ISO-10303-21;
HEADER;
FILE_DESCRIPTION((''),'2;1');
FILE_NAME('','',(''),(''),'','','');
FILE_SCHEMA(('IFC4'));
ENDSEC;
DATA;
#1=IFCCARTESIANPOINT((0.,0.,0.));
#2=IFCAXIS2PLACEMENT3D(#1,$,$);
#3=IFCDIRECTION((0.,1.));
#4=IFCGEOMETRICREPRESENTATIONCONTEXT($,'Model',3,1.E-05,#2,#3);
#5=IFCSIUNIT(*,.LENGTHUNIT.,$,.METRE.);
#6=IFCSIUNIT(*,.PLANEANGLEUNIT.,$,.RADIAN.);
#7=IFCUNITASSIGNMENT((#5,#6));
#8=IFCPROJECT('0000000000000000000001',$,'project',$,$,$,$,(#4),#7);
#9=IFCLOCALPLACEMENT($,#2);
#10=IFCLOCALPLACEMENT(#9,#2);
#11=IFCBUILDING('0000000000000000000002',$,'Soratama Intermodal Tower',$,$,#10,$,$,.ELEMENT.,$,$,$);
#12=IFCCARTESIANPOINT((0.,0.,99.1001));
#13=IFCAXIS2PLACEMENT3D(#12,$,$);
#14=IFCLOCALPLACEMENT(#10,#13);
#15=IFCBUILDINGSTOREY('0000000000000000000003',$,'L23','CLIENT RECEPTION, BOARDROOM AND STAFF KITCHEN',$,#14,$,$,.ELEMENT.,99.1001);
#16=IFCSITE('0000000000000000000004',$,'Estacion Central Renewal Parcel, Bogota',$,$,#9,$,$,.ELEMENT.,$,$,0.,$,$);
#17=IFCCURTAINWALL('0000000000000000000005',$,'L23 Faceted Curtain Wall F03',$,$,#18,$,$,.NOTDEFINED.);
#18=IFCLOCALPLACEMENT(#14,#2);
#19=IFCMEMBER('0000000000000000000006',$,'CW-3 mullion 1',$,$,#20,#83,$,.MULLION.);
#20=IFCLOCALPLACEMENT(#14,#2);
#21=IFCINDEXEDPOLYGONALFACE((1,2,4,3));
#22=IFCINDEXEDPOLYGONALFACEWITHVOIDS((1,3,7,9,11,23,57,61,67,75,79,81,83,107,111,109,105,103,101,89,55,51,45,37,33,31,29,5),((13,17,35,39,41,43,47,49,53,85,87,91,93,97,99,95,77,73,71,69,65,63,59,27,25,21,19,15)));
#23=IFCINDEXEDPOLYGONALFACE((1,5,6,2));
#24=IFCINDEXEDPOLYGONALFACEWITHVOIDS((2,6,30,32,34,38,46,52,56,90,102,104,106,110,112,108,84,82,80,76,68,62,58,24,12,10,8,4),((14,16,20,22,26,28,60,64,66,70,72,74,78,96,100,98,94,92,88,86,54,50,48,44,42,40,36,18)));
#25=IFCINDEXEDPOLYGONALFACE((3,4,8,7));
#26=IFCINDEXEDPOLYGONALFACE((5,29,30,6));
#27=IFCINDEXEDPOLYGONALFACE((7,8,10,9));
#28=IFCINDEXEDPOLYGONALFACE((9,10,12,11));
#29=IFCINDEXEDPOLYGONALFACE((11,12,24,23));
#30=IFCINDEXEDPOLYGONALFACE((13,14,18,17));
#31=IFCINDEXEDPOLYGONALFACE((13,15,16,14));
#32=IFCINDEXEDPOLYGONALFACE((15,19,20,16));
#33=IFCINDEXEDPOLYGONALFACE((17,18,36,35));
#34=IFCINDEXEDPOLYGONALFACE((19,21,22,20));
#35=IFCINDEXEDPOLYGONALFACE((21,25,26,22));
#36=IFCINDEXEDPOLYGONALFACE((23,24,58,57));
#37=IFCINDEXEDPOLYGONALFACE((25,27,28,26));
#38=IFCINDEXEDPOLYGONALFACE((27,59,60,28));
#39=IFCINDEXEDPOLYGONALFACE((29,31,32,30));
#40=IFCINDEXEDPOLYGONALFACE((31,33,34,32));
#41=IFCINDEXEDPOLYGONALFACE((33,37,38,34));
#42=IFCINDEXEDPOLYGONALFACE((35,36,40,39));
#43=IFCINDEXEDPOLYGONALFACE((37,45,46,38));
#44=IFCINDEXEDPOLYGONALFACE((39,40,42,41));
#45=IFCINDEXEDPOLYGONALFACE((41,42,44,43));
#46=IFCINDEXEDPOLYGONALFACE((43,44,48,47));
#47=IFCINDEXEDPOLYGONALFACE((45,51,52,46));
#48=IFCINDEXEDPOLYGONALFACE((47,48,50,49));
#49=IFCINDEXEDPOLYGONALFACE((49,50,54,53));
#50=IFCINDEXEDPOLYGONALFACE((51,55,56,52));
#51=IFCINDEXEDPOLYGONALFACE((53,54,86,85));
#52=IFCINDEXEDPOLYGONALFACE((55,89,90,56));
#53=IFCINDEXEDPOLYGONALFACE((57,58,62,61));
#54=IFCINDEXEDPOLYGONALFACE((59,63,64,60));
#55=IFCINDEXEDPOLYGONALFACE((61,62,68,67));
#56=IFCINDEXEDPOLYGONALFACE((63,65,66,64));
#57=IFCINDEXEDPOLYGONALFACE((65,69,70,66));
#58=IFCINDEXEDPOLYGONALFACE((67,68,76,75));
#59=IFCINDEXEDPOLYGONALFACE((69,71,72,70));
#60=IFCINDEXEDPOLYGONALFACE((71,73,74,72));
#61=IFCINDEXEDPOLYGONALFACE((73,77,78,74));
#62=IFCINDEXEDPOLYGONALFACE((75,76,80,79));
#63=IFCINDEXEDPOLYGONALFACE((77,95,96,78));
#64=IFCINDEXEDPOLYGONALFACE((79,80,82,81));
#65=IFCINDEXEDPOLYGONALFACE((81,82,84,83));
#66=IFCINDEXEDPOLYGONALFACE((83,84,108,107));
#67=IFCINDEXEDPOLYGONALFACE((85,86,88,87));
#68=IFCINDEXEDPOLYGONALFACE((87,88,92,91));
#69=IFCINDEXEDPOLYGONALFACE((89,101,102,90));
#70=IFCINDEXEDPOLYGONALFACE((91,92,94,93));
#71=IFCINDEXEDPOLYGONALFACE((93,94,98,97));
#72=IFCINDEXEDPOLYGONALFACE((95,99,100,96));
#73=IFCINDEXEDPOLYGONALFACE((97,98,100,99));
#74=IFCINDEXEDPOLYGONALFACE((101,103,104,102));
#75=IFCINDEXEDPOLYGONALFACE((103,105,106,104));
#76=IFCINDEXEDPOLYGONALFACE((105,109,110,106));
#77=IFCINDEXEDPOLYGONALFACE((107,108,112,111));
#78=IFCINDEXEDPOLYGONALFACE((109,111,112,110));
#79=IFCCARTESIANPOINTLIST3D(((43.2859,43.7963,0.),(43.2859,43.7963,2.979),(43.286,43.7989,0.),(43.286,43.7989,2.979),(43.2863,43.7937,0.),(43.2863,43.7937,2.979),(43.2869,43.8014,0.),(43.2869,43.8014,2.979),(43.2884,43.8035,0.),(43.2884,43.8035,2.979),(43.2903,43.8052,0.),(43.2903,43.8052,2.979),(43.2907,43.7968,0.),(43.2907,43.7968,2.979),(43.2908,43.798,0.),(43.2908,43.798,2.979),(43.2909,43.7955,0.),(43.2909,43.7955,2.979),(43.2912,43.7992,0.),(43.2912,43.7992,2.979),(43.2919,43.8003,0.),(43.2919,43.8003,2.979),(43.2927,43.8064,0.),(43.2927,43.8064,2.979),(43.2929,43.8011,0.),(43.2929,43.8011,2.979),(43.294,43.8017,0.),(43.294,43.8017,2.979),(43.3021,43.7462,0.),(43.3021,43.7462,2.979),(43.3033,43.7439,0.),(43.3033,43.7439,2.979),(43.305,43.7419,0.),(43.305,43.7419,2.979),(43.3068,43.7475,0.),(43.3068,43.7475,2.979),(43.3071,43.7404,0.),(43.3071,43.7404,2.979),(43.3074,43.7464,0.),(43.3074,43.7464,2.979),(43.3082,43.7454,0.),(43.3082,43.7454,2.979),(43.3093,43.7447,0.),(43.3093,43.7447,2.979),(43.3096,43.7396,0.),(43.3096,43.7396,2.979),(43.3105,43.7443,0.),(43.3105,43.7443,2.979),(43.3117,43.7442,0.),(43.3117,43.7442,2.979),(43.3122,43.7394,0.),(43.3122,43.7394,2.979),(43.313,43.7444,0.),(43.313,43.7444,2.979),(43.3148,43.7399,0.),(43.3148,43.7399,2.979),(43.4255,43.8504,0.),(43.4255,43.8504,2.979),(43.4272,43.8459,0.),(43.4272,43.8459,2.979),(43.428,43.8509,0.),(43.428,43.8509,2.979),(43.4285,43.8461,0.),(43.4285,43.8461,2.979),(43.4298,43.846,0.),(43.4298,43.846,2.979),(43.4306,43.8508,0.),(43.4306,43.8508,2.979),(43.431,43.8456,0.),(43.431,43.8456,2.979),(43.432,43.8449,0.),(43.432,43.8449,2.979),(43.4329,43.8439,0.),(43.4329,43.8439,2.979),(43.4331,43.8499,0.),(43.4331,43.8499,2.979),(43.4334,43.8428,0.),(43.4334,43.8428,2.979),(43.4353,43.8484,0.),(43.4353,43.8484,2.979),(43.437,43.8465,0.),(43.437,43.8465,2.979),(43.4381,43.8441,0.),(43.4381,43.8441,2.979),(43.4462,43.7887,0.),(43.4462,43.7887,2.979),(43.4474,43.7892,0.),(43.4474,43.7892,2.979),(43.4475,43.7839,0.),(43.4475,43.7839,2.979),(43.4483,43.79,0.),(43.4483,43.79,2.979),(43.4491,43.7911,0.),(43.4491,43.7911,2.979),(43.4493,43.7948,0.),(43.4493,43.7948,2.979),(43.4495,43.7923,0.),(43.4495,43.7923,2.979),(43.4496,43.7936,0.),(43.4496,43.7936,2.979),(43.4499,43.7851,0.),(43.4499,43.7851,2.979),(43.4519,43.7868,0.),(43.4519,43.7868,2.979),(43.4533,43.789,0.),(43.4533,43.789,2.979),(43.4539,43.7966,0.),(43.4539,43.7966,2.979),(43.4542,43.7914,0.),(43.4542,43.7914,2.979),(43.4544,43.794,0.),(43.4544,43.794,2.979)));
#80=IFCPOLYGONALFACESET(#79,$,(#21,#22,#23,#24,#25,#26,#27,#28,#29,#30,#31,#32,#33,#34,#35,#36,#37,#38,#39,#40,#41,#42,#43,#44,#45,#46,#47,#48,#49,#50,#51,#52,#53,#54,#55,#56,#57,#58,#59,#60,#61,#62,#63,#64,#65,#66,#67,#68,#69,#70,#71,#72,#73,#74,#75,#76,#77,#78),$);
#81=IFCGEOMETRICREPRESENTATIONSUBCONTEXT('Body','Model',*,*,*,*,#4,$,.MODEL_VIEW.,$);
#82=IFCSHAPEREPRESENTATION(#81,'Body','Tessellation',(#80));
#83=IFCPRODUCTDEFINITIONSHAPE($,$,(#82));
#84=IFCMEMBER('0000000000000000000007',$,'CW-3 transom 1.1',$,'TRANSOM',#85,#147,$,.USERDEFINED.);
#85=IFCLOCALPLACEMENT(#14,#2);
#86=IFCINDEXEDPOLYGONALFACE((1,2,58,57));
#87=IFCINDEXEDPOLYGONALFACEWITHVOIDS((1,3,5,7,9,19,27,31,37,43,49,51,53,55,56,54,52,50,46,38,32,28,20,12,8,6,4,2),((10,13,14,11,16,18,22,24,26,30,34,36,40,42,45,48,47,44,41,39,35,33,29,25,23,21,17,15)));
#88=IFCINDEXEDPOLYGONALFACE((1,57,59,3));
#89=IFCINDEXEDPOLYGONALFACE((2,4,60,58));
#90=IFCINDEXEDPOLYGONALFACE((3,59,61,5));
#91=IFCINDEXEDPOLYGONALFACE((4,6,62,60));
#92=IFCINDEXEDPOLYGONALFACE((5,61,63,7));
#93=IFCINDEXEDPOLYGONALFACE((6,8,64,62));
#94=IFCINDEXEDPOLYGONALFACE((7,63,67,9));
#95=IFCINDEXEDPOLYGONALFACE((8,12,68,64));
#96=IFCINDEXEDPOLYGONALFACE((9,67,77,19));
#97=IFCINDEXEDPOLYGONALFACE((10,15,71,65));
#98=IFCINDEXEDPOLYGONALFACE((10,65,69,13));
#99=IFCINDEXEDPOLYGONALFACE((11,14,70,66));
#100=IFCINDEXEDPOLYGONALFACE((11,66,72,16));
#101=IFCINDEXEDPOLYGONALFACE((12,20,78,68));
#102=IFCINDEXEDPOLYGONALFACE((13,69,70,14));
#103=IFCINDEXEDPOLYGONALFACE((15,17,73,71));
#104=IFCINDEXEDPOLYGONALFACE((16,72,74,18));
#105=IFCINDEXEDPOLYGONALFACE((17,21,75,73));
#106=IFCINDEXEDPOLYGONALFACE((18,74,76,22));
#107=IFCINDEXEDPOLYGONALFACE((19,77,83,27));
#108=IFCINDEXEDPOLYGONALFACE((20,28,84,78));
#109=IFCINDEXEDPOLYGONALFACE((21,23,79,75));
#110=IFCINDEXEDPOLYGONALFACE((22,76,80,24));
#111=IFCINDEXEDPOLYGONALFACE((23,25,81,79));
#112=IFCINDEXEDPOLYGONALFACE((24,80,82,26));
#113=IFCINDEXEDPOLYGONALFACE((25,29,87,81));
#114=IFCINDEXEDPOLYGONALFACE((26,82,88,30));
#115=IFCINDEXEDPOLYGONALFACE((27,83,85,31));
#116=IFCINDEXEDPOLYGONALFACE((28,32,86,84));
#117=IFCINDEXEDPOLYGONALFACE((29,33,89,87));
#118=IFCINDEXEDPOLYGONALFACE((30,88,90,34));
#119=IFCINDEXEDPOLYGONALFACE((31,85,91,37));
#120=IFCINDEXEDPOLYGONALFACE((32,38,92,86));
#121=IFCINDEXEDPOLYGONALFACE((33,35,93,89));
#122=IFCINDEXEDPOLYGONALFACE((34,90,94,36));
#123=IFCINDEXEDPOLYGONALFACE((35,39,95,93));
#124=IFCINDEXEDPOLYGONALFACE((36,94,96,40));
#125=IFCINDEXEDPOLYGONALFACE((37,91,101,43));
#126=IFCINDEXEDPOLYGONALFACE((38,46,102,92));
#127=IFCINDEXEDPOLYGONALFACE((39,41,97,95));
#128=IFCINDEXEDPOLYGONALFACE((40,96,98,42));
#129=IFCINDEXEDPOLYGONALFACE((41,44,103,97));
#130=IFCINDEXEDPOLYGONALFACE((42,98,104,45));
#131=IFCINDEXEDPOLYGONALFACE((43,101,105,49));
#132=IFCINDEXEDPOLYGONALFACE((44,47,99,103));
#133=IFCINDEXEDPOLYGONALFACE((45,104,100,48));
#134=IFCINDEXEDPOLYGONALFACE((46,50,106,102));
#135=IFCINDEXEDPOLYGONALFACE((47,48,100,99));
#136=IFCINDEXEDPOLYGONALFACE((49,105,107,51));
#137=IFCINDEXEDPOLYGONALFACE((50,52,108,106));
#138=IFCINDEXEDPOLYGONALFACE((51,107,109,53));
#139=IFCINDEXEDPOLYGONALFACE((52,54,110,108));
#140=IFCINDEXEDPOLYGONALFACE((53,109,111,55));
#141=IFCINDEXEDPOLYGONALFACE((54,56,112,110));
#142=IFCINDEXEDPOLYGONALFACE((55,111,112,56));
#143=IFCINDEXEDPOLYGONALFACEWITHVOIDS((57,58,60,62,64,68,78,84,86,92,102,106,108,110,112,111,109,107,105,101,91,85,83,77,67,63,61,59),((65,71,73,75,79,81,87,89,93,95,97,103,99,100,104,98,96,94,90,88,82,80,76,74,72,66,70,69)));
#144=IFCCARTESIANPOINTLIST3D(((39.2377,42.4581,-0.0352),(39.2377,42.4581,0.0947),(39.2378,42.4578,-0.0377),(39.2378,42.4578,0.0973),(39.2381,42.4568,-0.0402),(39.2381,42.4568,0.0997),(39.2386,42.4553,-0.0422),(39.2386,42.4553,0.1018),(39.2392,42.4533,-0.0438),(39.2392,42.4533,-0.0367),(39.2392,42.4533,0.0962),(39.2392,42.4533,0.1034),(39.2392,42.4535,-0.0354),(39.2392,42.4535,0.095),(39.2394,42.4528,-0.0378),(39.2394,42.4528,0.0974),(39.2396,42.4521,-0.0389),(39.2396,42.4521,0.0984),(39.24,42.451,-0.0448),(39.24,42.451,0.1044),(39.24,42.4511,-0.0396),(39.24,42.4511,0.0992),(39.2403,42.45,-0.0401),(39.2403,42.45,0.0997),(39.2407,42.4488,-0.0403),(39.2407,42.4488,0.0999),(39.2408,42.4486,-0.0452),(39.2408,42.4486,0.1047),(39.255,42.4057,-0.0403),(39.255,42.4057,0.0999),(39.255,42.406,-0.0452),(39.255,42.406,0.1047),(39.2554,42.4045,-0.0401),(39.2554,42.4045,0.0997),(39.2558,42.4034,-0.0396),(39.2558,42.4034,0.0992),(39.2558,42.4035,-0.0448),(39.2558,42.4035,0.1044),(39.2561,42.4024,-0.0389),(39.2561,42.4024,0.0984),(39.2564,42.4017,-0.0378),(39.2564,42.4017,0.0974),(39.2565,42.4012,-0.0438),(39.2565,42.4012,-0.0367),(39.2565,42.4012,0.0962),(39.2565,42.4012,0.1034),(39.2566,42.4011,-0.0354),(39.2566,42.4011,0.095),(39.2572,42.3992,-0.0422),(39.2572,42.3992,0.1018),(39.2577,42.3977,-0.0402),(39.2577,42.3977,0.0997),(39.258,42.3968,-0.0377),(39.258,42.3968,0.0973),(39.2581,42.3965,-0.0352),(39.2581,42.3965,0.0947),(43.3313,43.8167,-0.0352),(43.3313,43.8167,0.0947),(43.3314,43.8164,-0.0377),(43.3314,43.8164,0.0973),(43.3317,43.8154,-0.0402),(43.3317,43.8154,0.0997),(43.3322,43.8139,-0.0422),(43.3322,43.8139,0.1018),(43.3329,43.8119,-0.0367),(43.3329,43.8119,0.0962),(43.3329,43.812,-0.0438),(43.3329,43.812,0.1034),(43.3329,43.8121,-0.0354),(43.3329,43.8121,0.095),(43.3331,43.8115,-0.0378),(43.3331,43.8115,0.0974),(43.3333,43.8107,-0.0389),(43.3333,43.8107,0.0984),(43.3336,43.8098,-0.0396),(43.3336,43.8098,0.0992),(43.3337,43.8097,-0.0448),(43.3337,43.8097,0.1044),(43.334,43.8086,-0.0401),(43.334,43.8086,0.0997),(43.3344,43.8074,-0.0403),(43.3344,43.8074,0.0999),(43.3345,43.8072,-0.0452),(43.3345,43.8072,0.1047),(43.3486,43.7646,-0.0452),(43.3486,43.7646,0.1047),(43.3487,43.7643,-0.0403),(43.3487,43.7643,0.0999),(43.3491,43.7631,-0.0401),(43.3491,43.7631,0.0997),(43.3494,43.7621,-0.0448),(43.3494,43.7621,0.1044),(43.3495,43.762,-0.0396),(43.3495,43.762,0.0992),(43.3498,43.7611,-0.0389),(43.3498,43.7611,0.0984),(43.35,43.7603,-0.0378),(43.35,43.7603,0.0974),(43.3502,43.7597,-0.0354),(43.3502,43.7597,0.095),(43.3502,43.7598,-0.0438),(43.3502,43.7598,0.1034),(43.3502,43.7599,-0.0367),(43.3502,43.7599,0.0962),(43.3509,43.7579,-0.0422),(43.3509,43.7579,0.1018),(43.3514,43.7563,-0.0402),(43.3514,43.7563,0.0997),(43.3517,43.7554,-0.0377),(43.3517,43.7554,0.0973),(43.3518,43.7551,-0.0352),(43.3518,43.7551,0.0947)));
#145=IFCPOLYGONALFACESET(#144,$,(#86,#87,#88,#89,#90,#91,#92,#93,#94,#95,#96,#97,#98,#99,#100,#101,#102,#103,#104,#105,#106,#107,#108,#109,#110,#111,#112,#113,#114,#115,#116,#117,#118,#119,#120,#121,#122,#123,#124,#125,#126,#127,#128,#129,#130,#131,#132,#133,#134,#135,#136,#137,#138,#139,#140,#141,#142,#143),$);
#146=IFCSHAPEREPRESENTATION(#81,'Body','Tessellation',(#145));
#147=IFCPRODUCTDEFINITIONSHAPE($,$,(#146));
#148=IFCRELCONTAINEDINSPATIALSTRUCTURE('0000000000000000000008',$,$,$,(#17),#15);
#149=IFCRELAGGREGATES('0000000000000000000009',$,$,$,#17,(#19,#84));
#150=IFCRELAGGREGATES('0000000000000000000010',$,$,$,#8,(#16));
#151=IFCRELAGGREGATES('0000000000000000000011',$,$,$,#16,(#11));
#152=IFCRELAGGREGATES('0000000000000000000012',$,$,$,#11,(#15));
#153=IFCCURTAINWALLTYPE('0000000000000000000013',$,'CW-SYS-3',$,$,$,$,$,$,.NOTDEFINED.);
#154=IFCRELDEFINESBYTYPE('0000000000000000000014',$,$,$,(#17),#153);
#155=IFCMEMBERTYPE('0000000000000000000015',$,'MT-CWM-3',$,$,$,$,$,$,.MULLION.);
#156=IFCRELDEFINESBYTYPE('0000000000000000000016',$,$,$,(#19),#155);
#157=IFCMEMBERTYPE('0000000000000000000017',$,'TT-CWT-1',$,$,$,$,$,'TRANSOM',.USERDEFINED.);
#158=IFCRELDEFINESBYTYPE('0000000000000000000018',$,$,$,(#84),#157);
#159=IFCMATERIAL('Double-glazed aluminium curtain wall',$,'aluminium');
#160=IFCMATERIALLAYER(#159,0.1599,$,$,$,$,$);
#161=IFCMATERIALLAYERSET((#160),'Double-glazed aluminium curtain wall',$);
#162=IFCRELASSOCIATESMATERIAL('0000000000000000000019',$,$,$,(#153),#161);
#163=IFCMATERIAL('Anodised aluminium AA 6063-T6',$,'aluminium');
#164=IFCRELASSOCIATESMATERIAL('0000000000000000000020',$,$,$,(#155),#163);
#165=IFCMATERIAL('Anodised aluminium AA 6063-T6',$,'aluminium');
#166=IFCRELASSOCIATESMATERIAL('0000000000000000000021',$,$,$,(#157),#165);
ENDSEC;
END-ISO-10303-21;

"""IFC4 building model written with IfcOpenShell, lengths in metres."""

from ifc_helpers import new_model, si_unit, direction, frame, origin, origin_2d, place, context, subcontext, project, spatial, hollow_rectangle, extrude, material, layer, layer_set, material_profile, profile_set, type_object, element, aggregate, save


model = new_model("IFC4")

# Units and contexts
model_context = context("Model", 3, precision=1e-05, world=origin(), true_north=direction((0.0, 1.0)))
body_context = subcontext(model_context, "Body", "Model", "MODEL_VIEW")
ifc_project = project(units=[si_unit("LENGTHUNIT", "METRE"), si_unit("PLANEANGLEUNIT", "RADIAN")], contexts=[model_context])

# Site, building, storey
site_placement = place(None, origin())
site = spatial("IfcSite", under=ifc_project, at=site_placement, Name="Estacion Central Renewal Parcel, Bogota", CompositionType="ELEMENT", RefElevation=0.0)
building_placement = place(site_placement, origin())
building = spatial("IfcBuilding", under=site, at=building_placement, Name="Soratama Intermodal Tower", CompositionType="ELEMENT")
storey_placement = place(building_placement, frame((0.0, 0.0, 99.1001)))
storey = spatial("IfcBuildingStorey", under=building, at=storey_placement, Name="L23", Description="CLIENT RECEPTION, BOARDROOM AND STAFF KITCHEN", CompositionType="ELEMENT", Elevation=99.1001)

# Curtain wall, members
ifc_material_1 = material(Name="Double-glazed aluminium curtain wall", Category="aluminium")
ifc_layer_1 = layer(ifc_material_1, 0.1599)
ifc_layer_set_1 = layer_set([ifc_layer_1], Name="Double-glazed aluminium curtain wall")
curtain_wall_type = type_object("IfcCurtainWallType", Name="CW-SYS-3", PredefinedType="NOTDEFINED", material=ifc_layer_set_1)
curtain_wall_placement = place(storey_placement, origin())
curtain_wall = element("IfcCurtainWall", 1, at=curtain_wall_placement, inside=storey, type_object=curtain_wall_type, Name="L23 Faceted Curtain Wall F03", PredefinedType="NOTDEFINED")
ifc_material_2 = material(Name="Anodised aluminium AA 6063-T6", Category="aluminium")
ifc_material_profile_1 = material_profile(ifc_material_2, hollow_rectangle(XDim=0.0701, YDim=0.1599, WallThickness=0.0049, InnerFilletRadius=0.0049, OuterFilletRadius=0.01, at=origin_2d()), Name="CWM160X70X5")
ifc_profile_set_1 = profile_set([ifc_material_profile_1], Name="Anodised aluminium AA 6063-T6")
member_type_1 = type_object("IfcMemberType", Name="MT-CWM-3", PredefinedType="MULLION", material=ifc_profile_set_1)
member_1_placement = place(storey_placement, frame((43.3701, 43.7952, 0.0), z_axis=(0.0, 0.0, 1.0), x_axis=(0.314994, -0.949094, 0.0)))
member_1 = element("IfcMember", 2, at=member_1_placement, type_object=member_type_1, Name="CW-3 mullion 1", PredefinedType="MULLION", context=body_context, shape_type="SweptSolid", body=[
    extrude(hollow_rectangle(XDim=0.0701, YDim=0.1599, WallThickness=0.0049, InnerFilletRadius=0.0049, OuterFilletRadius=0.01, at=origin_2d()), origin(), (0.0, 0.0, 1.0), 2.979),
])
ifc_material_3 = material(Name="Anodised aluminium AA 6063-T6", Category="aluminium")
ifc_material_profile_2 = material_profile(ifc_material_3, hollow_rectangle(XDim=0.0649, YDim=0.1499, WallThickness=0.0049, InnerFilletRadius=0.0049, OuterFilletRadius=0.01, at=origin_2d()), Name="CWT150X65X5")
ifc_profile_set_2 = profile_set([ifc_material_profile_2], Name="Anodised aluminium AA 6063-T6")
member_type_2 = type_object("IfcMemberType", Name="TT-CWT-1", ElementType="TRANSOM", PredefinedType="USERDEFINED", material=ifc_profile_set_2)
member_2_placement = place(storey_placement, frame((43.3416, 43.7859, 0.0298), z_axis=(-0.949096, -0.314988, 0.0), x_axis=(0.314988, -0.949096, 0.0)))
member_2 = element("IfcMember", 3, at=member_2_placement, type_object=member_type_2, Name="CW-3 transom 1.1", ObjectType="TRANSOM", PredefinedType="USERDEFINED", context=body_context, shape_type="SweptSolid", body=[
    extrude(hollow_rectangle(XDim=0.0649, YDim=0.1499, WallThickness=0.0049, InnerFilletRadius=0.0049, OuterFilletRadius=0.01, at=origin_2d()), origin(), (0.0, 0.0, 1.0), 4.3132),
])
aggregate(curtain_wall, [member_1, member_2])

save(model, "model.ifc")
